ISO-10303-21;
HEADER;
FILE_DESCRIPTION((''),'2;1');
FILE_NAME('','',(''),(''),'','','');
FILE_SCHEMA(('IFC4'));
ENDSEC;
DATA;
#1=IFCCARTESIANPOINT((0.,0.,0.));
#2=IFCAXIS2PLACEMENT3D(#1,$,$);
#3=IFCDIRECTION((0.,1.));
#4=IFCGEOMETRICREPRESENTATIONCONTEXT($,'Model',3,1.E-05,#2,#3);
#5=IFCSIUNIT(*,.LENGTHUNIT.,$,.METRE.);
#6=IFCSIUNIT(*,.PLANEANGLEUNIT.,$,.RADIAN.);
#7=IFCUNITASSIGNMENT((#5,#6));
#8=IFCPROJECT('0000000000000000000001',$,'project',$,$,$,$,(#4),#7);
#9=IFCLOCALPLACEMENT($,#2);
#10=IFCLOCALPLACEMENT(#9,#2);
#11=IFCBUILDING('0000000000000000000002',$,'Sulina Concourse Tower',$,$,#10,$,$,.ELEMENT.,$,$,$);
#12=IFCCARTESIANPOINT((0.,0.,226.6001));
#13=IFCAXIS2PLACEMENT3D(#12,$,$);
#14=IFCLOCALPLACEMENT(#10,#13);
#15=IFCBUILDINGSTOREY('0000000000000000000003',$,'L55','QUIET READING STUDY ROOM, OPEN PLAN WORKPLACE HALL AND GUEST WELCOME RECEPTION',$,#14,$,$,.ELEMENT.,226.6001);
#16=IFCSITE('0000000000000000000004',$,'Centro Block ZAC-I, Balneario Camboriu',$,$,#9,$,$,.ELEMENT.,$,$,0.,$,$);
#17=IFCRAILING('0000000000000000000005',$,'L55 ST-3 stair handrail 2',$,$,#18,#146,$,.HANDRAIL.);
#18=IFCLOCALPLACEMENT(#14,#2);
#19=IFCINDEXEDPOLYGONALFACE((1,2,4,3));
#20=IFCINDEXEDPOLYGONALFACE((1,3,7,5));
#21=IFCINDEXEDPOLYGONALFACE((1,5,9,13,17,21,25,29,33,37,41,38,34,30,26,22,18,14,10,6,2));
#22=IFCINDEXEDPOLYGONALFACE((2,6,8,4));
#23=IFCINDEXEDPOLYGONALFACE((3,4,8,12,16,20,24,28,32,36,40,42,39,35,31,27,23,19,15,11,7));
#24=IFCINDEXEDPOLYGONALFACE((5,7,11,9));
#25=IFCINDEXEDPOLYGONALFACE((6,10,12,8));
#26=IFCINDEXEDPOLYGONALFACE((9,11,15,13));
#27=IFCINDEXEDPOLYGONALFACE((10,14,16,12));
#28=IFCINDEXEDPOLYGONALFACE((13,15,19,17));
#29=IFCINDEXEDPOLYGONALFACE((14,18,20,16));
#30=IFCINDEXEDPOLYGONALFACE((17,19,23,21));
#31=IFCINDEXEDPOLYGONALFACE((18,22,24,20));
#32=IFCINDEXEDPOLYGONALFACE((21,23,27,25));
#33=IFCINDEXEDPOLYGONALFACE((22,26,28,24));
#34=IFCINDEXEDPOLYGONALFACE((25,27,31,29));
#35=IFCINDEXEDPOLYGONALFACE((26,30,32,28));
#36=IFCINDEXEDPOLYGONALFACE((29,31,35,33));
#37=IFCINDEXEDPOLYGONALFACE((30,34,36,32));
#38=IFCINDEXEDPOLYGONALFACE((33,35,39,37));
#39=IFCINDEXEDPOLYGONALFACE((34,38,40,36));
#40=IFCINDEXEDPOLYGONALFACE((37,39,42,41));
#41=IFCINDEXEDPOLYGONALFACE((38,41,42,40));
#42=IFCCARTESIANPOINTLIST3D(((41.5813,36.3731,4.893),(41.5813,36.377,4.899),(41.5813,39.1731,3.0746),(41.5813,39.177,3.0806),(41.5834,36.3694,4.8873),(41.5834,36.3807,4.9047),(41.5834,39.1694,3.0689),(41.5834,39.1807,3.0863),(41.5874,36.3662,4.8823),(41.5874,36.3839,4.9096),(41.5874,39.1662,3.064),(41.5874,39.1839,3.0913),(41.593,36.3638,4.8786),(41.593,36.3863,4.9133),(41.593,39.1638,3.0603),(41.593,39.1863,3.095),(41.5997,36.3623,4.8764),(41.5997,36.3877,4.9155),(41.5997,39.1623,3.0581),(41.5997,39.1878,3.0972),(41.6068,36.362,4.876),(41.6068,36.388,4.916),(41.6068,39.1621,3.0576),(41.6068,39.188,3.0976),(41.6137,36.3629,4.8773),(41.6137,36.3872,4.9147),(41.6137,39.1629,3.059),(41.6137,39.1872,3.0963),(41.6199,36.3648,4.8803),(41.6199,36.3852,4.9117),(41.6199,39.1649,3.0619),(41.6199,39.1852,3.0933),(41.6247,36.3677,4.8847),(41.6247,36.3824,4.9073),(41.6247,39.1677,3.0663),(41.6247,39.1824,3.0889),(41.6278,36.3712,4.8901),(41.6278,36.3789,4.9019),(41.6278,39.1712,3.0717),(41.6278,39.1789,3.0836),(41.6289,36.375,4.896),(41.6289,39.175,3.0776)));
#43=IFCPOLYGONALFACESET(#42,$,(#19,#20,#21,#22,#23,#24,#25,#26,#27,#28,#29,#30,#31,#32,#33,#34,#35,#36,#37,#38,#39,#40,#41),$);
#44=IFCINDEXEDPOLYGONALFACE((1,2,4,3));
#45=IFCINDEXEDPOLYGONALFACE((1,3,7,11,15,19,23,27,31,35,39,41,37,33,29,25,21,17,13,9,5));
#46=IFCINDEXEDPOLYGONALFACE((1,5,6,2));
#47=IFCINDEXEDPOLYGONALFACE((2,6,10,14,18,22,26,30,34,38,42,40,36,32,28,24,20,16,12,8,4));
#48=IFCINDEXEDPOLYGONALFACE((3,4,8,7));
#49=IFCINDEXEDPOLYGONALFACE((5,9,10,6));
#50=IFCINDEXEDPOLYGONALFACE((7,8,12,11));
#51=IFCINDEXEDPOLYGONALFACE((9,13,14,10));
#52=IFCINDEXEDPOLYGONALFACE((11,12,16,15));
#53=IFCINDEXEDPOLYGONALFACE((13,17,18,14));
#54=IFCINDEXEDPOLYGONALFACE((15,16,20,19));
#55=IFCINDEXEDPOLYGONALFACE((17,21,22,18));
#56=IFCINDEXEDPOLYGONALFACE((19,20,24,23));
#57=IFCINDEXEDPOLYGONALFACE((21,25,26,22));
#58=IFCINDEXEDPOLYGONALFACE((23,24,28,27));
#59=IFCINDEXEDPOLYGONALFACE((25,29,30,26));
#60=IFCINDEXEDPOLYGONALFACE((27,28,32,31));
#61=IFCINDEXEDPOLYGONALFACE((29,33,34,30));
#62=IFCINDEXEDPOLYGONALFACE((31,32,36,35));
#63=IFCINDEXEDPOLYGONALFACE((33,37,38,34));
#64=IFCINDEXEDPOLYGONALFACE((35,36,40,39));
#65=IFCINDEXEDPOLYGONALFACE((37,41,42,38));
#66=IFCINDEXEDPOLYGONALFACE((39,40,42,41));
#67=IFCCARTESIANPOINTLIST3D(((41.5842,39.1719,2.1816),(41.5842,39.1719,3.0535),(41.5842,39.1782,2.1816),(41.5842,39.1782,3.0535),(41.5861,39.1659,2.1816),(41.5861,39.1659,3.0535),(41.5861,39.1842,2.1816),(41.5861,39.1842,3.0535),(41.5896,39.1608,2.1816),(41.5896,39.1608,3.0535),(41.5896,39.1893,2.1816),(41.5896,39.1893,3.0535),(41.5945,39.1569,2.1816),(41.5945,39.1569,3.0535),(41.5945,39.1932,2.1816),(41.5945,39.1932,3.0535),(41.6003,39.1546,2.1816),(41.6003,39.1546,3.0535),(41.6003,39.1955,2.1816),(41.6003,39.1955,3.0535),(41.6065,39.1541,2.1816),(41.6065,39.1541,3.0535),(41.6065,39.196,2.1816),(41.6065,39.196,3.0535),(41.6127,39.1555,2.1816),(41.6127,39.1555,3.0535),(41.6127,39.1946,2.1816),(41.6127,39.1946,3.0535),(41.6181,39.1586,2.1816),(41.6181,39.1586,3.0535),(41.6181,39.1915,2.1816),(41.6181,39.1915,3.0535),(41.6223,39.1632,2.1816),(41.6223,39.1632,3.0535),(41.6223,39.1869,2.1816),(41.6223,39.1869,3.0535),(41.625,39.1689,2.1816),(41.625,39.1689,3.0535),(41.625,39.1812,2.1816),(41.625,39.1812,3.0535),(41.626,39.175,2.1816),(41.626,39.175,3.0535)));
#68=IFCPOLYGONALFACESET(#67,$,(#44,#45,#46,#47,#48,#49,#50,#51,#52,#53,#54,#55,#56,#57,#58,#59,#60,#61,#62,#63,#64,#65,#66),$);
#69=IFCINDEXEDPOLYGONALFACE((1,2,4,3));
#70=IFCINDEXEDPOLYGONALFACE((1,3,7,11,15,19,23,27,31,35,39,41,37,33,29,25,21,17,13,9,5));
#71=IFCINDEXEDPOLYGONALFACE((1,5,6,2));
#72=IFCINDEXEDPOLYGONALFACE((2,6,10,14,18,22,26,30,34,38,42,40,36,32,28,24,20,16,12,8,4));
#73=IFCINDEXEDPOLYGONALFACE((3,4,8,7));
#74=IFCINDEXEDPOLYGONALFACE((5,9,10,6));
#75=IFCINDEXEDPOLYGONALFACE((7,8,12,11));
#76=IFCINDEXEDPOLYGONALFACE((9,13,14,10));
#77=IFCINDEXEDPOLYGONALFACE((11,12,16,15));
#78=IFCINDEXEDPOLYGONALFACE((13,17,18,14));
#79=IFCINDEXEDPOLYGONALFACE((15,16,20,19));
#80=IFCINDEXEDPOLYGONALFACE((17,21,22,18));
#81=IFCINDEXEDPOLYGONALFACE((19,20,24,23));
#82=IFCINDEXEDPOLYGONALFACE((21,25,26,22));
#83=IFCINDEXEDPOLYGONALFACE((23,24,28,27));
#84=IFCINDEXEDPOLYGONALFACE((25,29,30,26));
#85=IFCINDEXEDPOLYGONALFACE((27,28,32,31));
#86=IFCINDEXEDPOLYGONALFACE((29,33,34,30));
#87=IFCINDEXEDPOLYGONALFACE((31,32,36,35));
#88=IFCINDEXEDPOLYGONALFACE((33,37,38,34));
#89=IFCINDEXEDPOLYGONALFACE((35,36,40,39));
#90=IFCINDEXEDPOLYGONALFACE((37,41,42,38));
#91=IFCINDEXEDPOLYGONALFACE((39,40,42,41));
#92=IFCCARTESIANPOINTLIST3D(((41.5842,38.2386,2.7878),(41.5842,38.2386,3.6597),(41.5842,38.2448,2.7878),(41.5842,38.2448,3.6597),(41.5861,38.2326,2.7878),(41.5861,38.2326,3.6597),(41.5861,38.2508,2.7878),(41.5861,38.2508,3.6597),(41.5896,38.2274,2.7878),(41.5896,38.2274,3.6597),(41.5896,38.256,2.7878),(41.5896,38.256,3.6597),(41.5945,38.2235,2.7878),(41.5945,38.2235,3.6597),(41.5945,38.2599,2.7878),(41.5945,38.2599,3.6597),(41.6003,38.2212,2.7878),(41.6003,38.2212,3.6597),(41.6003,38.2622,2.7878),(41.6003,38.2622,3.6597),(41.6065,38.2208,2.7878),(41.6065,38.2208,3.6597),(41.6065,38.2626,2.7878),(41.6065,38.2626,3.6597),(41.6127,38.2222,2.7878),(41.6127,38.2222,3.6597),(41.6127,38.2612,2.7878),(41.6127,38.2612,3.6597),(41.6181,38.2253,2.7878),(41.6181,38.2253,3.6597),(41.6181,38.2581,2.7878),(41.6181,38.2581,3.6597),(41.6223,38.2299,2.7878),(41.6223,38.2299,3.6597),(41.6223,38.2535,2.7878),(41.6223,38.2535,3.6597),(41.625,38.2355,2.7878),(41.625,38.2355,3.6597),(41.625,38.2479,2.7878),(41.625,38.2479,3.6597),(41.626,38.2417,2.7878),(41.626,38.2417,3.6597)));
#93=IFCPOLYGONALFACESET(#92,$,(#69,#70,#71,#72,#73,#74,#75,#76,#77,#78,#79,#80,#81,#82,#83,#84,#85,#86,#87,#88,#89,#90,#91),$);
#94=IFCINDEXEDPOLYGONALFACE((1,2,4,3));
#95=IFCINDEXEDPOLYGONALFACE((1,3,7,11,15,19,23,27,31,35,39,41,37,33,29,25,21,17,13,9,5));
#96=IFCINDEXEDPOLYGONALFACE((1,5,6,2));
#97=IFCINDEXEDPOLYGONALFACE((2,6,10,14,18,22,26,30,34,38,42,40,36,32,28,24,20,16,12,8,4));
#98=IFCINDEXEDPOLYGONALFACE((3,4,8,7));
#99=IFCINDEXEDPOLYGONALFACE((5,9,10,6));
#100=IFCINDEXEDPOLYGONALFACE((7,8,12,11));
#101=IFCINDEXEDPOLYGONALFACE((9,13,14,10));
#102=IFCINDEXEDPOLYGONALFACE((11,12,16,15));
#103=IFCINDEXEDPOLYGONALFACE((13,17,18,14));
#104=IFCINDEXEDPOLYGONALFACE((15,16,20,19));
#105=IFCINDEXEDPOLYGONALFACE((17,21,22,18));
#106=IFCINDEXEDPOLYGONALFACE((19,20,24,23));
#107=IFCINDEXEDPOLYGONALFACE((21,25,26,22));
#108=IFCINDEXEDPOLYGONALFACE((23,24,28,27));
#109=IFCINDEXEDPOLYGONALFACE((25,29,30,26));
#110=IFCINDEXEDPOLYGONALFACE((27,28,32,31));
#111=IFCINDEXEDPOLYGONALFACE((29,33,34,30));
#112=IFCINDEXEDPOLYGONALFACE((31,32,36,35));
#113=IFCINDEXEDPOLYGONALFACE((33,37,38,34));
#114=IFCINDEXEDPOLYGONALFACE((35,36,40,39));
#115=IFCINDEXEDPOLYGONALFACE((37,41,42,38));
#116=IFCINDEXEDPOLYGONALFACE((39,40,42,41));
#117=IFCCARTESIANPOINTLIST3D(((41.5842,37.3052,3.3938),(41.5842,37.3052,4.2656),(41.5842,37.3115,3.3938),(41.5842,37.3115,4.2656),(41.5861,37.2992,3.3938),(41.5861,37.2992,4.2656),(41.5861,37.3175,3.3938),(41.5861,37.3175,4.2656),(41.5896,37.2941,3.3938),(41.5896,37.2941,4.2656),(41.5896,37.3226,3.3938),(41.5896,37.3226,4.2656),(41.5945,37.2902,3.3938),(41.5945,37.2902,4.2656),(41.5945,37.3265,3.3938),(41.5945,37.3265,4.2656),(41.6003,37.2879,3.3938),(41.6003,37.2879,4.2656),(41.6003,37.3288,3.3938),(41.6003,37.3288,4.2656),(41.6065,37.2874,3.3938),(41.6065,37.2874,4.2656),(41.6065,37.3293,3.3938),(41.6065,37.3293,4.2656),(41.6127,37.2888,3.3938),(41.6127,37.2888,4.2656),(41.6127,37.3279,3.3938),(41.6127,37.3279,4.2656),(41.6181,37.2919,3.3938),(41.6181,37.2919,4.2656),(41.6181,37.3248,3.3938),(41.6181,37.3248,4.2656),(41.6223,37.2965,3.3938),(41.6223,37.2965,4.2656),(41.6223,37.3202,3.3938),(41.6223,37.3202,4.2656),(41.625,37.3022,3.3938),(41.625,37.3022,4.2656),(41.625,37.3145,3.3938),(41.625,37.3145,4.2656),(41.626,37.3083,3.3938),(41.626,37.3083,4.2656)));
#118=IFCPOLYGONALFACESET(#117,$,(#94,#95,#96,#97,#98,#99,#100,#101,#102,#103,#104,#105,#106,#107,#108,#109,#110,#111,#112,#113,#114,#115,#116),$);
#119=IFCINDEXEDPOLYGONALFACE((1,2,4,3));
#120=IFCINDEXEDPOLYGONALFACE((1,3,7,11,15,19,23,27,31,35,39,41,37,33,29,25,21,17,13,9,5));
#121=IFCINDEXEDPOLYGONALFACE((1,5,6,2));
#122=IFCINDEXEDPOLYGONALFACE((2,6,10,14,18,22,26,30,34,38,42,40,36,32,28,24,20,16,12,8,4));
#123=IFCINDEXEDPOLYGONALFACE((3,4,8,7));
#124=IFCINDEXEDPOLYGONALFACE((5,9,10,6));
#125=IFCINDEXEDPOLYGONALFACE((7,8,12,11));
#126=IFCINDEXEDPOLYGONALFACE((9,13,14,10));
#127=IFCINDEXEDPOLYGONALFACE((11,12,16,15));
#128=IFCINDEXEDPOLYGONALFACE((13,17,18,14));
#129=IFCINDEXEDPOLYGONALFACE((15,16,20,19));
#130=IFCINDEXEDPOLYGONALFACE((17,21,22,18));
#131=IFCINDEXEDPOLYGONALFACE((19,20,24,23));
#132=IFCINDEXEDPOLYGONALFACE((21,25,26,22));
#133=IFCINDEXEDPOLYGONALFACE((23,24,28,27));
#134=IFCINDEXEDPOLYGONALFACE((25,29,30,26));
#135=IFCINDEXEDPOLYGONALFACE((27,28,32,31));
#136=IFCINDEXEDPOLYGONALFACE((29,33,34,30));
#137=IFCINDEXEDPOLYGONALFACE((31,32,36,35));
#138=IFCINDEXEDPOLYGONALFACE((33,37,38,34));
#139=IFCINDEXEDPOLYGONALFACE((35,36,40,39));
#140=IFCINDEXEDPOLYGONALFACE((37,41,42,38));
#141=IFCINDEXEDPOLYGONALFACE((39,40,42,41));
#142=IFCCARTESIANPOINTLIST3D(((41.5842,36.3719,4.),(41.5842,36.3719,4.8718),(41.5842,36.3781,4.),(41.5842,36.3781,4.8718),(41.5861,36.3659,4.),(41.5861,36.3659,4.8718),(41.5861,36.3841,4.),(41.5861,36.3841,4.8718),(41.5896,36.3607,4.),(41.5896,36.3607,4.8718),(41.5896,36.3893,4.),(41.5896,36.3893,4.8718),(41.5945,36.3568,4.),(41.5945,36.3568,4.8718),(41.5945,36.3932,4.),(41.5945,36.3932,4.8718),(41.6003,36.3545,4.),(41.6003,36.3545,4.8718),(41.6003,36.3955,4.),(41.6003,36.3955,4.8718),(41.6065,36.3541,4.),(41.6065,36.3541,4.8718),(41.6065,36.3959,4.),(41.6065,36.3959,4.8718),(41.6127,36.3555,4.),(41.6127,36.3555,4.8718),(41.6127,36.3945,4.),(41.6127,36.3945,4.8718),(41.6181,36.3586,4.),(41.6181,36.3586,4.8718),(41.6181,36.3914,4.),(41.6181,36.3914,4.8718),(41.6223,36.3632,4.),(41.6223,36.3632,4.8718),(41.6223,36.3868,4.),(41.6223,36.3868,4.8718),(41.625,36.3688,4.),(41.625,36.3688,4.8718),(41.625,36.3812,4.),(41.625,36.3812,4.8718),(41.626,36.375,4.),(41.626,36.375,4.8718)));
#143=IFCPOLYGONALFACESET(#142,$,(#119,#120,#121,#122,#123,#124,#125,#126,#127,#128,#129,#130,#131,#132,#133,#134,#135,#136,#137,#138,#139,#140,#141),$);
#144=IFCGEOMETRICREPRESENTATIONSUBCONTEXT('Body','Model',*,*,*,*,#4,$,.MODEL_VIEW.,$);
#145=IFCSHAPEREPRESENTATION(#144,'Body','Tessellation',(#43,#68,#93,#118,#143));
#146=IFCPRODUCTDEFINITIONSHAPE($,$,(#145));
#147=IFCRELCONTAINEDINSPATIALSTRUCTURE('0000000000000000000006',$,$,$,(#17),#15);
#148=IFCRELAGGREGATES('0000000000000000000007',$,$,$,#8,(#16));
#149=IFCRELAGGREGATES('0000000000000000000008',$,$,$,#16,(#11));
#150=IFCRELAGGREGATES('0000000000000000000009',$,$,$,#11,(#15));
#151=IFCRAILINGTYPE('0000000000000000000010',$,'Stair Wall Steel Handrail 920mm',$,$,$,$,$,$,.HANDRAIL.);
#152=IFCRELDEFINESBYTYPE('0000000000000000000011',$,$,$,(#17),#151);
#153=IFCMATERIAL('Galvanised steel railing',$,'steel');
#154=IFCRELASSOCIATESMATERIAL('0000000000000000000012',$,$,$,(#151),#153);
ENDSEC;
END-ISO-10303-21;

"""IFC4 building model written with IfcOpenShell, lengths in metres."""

from ifc_helpers import new_model, si_unit, direction, frame, origin, origin_2d, place, context, subcontext, project, spatial, circle, extrude, material, type_object, element, save


model = new_model("IFC4")

# Units and contexts
model_context = context("Model", 3, precision=1e-05, world=origin(), true_north=direction((0.0, 1.0)))
body_context = subcontext(model_context, "Body", "Model", "MODEL_VIEW")
ifc_project = project(units=[si_unit("LENGTHUNIT", "METRE"), si_unit("PLANEANGLEUNIT", "RADIAN")], contexts=[model_context])

# Site, building, storey
site_placement = place(None, origin())
site = spatial("IfcSite", under=ifc_project, at=site_placement, Name="Centro Block ZAC-I, Balneario Camboriu", CompositionType="ELEMENT", RefElevation=0.0)
building_placement = place(site_placement, origin())
building = spatial("IfcBuilding", under=site, at=building_placement, Name="Sulina Concourse Tower", CompositionType="ELEMENT")
storey_placement = place(building_placement, frame((0.0, 0.0, 226.6001)))
storey = spatial("IfcBuildingStorey", under=building, at=storey_placement, Name="L55", Description="QUIET READING STUDY ROOM, OPEN PLAN WORKPLACE HALL AND GUEST WELCOME RECEPTION", CompositionType="ELEMENT", Elevation=226.6001)

# Railing
ifc_material_1 = material(Name="Galvanised steel railing", Category="steel")
railing_type_1 = type_object("IfcRailingType", Name="Stair Wall Steel Handrail 920mm", PredefinedType="HANDRAIL", material=ifc_material_1)
railing_1_placement = place(storey_placement, frame((41.605, 39.175, 2.1816)))
element("IfcRailing", 1, at=railing_1_placement, inside=storey, type_object=railing_type_1, Name="L55 ST-3 stair handrail 2", PredefinedType="HANDRAIL", context=body_context, shape_type="SweptSolid", body=[
    extrude(circle(Radius=0.0239, at=origin_2d()), frame((0.0, 0.0, 0.896), z_axis=(0.0, -0.838672, 0.544636), x_axis=(1.0, 0.0, 0.0)), (0.0, 0.0, 1.0), 3.3386),
    extrude(circle(Radius=0.021, at=origin_2d()), origin(), (0.0, 0.0, 1.0), 0.8718),
    extrude(circle(Radius=0.021, at=origin_2d()), frame((0.0, -0.9333, 0.6062)), (0.0, 0.0, 1.0), 0.8718),
    extrude(circle(Radius=0.021, at=origin_2d()), frame((0.0, -1.8667, 1.2122)), (0.0, 0.0, 1.0), 0.8718),
    extrude(circle(Radius=0.021, at=origin_2d()), frame((0.0, -2.8, 1.8184)), (0.0, 0.0, 1.0), 0.8718),
])

save(model, "model.ifc")
